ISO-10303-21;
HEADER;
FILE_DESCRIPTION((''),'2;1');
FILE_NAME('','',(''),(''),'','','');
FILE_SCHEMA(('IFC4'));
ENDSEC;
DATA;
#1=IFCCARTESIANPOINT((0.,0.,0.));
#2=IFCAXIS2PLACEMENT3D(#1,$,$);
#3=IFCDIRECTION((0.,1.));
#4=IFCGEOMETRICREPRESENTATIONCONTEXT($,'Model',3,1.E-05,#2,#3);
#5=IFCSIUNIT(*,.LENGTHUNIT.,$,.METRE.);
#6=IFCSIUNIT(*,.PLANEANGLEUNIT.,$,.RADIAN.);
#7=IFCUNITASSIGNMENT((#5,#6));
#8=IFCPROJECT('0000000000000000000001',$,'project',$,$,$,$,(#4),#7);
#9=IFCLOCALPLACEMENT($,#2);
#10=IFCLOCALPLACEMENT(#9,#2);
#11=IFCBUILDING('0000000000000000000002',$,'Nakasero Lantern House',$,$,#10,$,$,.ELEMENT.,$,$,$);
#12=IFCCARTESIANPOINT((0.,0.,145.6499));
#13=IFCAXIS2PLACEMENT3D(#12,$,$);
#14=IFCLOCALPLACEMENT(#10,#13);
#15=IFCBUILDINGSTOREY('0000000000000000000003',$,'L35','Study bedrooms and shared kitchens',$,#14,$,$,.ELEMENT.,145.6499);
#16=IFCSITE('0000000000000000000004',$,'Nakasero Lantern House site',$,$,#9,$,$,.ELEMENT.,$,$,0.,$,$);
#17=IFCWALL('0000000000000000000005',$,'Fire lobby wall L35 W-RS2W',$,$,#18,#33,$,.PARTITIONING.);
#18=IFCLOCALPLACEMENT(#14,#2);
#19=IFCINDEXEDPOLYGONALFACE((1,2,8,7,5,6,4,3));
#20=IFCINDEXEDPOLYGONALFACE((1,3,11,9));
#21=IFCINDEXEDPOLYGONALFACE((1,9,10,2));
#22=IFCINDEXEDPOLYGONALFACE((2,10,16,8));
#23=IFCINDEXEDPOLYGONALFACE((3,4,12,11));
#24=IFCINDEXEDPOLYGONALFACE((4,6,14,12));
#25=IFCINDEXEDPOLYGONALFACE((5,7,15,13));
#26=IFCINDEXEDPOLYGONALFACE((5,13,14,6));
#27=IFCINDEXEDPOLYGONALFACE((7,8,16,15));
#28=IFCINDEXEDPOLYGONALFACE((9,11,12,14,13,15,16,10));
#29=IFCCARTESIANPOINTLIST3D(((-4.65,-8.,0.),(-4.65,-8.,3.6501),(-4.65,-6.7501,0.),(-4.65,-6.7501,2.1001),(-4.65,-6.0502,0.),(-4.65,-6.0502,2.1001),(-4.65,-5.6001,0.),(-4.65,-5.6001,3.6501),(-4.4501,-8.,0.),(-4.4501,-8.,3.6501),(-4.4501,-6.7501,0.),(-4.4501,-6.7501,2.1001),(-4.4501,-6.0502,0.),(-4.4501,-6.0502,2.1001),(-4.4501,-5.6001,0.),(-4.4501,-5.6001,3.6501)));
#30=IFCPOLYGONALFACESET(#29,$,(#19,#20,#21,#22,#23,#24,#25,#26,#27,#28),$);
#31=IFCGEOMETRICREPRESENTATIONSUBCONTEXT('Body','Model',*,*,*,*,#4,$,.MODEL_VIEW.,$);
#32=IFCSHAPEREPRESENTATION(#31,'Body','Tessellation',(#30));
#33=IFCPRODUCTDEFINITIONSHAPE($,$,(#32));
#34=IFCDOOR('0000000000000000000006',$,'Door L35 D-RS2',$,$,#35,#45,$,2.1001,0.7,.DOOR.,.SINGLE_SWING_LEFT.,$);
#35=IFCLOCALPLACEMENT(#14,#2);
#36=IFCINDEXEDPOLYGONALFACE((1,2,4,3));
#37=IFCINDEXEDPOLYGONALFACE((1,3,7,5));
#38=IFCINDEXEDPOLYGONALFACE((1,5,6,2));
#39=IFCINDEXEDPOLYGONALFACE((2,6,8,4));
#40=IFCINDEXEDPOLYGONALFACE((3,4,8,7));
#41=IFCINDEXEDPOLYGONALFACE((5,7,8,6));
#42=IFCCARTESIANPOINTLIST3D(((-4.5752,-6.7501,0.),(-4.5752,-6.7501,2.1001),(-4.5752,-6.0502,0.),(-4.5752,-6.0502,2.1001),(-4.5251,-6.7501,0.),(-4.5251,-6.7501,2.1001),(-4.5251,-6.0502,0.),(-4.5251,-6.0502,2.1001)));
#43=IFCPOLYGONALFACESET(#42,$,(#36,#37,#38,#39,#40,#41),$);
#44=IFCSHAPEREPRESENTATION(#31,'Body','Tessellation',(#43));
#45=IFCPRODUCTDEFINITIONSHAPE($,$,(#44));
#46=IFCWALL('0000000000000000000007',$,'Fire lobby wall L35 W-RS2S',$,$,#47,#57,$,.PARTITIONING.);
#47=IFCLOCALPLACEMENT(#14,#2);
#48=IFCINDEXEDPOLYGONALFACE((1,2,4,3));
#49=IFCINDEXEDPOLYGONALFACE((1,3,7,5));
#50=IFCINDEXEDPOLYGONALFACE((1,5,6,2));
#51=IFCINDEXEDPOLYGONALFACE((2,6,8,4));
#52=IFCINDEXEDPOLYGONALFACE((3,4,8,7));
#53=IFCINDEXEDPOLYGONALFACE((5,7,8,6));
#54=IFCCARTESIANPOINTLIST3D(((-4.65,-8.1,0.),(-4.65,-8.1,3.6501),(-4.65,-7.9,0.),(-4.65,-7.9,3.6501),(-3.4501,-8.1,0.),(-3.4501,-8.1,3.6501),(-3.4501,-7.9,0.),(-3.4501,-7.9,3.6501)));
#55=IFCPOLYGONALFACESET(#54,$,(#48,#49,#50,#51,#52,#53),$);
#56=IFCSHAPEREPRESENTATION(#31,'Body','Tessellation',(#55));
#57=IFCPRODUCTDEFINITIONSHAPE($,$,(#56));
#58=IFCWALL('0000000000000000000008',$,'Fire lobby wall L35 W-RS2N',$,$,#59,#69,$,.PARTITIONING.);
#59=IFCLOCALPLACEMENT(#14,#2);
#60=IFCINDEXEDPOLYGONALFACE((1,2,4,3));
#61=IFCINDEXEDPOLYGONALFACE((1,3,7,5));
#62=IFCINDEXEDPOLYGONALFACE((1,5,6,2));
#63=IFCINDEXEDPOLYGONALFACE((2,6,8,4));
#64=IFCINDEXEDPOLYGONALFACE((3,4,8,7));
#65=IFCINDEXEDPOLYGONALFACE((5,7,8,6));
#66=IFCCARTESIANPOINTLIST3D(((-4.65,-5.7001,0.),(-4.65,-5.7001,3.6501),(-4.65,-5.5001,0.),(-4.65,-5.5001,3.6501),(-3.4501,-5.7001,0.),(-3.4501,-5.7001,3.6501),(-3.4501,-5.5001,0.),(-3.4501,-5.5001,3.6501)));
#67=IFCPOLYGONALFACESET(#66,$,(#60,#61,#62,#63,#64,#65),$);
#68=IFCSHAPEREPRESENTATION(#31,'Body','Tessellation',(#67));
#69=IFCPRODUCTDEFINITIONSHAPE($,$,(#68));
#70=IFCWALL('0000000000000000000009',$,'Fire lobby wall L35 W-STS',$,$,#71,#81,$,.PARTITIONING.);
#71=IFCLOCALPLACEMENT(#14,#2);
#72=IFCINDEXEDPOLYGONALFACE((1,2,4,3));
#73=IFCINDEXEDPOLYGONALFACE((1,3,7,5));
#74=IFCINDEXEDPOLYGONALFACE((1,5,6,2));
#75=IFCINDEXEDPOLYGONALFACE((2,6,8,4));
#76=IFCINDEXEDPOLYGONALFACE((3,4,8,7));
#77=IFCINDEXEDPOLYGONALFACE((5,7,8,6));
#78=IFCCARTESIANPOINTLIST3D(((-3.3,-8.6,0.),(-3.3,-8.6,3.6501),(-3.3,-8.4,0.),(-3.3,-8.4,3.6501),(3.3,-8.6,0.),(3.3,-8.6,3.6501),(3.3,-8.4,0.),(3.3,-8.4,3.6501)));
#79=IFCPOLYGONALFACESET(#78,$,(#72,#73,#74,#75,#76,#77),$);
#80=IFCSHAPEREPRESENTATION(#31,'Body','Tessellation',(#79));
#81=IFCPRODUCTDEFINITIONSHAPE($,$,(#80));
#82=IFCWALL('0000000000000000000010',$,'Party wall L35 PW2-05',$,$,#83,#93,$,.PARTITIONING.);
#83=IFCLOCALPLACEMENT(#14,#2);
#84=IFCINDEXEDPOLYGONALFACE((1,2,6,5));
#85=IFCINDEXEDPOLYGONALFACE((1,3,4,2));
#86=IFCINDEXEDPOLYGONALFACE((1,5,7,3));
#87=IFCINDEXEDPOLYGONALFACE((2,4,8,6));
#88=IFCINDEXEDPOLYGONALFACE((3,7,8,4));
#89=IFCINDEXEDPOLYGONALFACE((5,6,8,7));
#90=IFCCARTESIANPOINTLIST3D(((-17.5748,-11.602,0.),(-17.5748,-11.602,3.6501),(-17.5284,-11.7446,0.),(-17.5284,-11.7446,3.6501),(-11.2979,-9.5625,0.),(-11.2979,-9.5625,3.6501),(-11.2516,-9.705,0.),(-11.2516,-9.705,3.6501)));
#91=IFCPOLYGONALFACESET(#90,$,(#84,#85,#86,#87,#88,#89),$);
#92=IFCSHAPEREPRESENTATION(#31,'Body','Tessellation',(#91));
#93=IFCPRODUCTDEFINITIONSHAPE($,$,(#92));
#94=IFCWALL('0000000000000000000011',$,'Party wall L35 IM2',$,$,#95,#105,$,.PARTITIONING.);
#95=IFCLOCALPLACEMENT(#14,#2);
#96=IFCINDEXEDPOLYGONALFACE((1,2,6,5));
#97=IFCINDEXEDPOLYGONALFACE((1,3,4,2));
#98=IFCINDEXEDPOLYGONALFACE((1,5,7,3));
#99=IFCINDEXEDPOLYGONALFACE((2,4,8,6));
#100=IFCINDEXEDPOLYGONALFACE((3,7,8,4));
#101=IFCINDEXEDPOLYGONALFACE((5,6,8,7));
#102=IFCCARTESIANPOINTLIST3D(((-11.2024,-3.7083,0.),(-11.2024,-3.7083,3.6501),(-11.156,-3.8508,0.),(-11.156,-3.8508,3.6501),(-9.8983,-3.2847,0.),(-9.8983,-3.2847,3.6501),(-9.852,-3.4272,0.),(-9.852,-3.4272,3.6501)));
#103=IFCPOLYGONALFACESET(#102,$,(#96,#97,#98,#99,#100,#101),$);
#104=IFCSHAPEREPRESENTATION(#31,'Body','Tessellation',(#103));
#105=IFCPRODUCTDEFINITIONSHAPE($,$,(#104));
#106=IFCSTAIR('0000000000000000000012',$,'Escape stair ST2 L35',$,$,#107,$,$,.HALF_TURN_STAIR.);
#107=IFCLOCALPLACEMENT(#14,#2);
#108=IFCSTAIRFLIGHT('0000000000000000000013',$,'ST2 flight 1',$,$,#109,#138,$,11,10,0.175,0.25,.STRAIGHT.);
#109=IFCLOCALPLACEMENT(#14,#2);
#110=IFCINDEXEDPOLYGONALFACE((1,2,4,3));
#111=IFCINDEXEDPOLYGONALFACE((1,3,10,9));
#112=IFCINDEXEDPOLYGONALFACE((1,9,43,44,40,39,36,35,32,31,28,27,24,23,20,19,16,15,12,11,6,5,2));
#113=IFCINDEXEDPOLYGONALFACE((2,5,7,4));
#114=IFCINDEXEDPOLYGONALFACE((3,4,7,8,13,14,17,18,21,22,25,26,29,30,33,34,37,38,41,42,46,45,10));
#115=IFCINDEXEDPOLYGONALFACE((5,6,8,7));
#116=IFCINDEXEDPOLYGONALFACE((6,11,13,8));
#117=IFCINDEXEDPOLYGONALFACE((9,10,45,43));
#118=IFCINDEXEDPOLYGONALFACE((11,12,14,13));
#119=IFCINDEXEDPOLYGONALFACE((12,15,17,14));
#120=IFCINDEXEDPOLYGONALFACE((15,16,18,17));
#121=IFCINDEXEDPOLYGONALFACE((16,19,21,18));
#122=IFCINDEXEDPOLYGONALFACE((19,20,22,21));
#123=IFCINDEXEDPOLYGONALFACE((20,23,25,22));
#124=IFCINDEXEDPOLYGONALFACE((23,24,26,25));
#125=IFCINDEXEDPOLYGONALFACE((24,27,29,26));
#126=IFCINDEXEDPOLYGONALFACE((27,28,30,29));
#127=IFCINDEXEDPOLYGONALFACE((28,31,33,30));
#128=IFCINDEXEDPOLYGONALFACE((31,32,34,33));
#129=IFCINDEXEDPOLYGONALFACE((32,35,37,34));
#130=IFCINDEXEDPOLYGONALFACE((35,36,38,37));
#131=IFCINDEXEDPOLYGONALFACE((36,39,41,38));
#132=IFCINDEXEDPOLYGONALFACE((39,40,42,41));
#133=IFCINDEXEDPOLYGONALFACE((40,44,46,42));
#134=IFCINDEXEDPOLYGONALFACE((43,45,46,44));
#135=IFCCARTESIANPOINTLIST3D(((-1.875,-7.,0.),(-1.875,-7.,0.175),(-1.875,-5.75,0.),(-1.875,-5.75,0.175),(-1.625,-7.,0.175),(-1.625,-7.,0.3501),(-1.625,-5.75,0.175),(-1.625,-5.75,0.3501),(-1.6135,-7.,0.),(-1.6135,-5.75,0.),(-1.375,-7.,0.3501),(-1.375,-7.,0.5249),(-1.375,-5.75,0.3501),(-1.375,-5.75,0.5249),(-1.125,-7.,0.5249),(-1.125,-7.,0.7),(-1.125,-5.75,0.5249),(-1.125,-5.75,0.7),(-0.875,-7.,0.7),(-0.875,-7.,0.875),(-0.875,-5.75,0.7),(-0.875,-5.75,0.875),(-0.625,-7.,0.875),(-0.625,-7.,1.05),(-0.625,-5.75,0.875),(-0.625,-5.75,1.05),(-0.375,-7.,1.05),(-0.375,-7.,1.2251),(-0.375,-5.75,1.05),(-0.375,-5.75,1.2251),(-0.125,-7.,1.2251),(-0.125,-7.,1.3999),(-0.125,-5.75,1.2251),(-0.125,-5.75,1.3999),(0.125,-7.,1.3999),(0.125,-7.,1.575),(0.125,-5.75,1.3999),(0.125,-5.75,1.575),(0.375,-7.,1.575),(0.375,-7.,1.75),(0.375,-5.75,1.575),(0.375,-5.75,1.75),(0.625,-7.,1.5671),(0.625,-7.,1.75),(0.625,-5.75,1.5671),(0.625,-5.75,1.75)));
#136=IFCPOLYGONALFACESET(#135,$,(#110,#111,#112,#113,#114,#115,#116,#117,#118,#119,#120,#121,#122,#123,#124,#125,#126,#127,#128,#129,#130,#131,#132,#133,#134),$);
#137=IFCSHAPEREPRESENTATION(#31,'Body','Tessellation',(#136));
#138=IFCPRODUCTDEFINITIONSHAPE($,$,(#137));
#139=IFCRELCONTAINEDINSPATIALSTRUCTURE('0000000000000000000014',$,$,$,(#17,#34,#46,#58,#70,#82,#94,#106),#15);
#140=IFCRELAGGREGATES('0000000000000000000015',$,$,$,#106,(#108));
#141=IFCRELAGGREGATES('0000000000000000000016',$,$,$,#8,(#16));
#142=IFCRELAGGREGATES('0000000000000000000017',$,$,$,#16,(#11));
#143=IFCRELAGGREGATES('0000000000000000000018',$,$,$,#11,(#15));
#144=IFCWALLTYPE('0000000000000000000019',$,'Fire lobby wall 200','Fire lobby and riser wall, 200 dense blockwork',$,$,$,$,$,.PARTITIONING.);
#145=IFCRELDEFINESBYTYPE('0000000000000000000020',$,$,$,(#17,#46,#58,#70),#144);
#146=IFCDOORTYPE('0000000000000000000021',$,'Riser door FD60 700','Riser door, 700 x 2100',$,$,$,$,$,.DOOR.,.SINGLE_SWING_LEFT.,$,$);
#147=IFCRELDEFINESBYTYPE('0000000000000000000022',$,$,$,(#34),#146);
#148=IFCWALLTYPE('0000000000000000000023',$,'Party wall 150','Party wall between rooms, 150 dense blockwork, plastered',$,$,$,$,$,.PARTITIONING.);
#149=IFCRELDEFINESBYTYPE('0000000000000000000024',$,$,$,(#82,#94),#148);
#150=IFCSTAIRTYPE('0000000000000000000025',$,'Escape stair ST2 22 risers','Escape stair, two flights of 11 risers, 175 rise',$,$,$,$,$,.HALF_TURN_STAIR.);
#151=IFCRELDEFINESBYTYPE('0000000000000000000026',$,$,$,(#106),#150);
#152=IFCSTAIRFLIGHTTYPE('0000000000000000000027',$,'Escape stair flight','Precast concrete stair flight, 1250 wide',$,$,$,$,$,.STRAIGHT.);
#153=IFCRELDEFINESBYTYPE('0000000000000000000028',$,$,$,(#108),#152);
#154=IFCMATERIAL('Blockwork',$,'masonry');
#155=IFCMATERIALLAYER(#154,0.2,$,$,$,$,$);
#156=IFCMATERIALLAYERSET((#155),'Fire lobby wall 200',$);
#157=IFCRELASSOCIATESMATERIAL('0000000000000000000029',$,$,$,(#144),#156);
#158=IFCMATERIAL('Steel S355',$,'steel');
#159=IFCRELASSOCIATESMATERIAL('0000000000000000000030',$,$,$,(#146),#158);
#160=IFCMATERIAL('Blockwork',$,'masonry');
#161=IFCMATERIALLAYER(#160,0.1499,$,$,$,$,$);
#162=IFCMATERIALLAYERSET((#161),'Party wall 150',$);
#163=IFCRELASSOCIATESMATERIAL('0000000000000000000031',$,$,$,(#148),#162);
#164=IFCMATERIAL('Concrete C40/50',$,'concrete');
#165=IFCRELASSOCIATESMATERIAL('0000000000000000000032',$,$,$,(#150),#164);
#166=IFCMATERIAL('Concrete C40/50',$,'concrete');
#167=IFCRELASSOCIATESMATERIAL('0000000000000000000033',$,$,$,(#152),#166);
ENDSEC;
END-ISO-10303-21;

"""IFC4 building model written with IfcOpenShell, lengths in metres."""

from ifc_helpers import new_model, si_unit, direction, frame, frame_2d, origin, place, context, subcontext, project, spatial, polyline, rectangle, outline, extrude, material, layer, layer_set, type_object, element, fill, aggregate, save


model = new_model("IFC4")

# Units and contexts
model_context = context("Model", 3, precision=1e-05, world=origin(), true_north=direction((0.0, 1.0)))
body_context = subcontext(model_context, "Body", "Model", "MODEL_VIEW")
ifc_project = project(units=[si_unit("LENGTHUNIT", "METRE"), si_unit("PLANEANGLEUNIT", "RADIAN")], contexts=[model_context])

# Site, building, storey
site_placement = place(None, origin())
site = spatial("IfcSite", under=ifc_project, at=site_placement, Name="Nakasero Lantern House site", CompositionType="ELEMENT", RefElevation=0.0)
building_placement = place(site_placement, origin())
building = spatial("IfcBuilding", under=site, at=building_placement, Name="Nakasero Lantern House", CompositionType="ELEMENT")
storey_placement = place(building_placement, frame((0.0, 0.0, 145.6499)))
storey = spatial("IfcBuildingStorey", under=building, at=storey_placement, Name="L35", Description="Study bedrooms and shared kitchens", CompositionType="ELEMENT", Elevation=145.6499)

# Wall, opening, door
ifc_material_1 = material(Name="Blockwork", Category="masonry")
ifc_layer_1 = layer(ifc_material_1, 0.2)
ifc_layer_set_1 = layer_set([ifc_layer_1], Name="Fire lobby wall 200")
wall_type_1 = type_object("IfcWallType", Name="Fire lobby wall 200", Description="Fire lobby and riser wall, 200 dense blockwork", PredefinedType="PARTITIONING", material=ifc_layer_set_1)
wall_1_placement = place(storey_placement, frame((-4.55, -5.6001, 0.0), z_axis=(0.0, 0.0, 1.0), x_axis=(0.0, -1.0, 0.0)))
wall_1 = element("IfcWall", 1, at=wall_1_placement, inside=storey, type_object=wall_type_1, Name="Fire lobby wall L35 W-RS2W", PredefinedType="PARTITIONING", context=body_context, shape_type="SweptSolid", body=[
    extrude(rectangle(XDim=2.3999, YDim=0.2, at=frame_2d((1.2, 0.0))), origin(), (0.0, 0.0, 1.0), 3.6501),
])
opening_1_placement = place(wall_1_placement, frame((0.45, 0.0, 0.0)))
opening_1 = element("IfcOpeningElement", 2, at=opening_1_placement, cuts=wall_1, PredefinedType="OPENING", context=body_context, shape_type="SweptSolid", body=[
    extrude(rectangle(XDim=0.7, YDim=2.1001, at=frame_2d((0.3501, 1.05))), frame((0.0, 0.1199, 0.0), z_axis=(0.0, -1.0, 0.0), x_axis=(1.0, 0.0, 0.0)), (0.0, 0.0, 1.0), 0.24),
])
ifc_material_2 = material(Name="Steel S355", Category="steel")
door_type_1 = type_object("IfcDoorType", Name="Riser door FD60 700", Description="Riser door, 700 x 2100", OperationType="SINGLE_SWING_LEFT", PredefinedType="DOOR", material=ifc_material_2)
door_1_placement = place(opening_1_placement, origin())
door_1 = element("IfcDoor", 3, at=door_1_placement, inside=storey, type_object=door_type_1, Name="Door L35 D-RS2", OperationType="SINGLE_SWING_LEFT", OverallHeight=2.1001, OverallWidth=0.7, PredefinedType="DOOR", context=body_context, shape_type="SweptSolid", body=[
    extrude(rectangle(XDim=0.7, YDim=2.1001, at=frame_2d((0.3501, 1.05))), frame((0.0, 0.0249, 0.0), z_axis=(0.0, -1.0, 0.0), x_axis=(1.0, 0.0, 0.0)), (0.0, 0.0, 1.0), 0.05),
])
fill(opening_1, door_1)

# Walls
for number, where, z_axis, x_axis, name in (
    (4, (-3.45, -8.0, 0.0), (0.0, 0.0, 1.0), (-1.0, 0.0, 0.0), "Fire lobby wall L35 W-RS2S"),
    (5, (-3.45, -5.6001, 0.0), (0.0, 0.0, 1.0), (-1.0, 0.0, 0.0), "Fire lobby wall L35 W-RS2N"),
):
    element("IfcWall", number, at=place(storey_placement, frame(where, z_axis=z_axis, x_axis=x_axis)), inside=storey, type_object=wall_type_1, Name=name, PredefinedType="PARTITIONING", context=body_context, shape_type="SweptSolid", body=[
        extrude(rectangle(XDim=1.2, YDim=0.2, at=frame_2d((0.6001, 0.0))), origin(), (0.0, 0.0, 1.0), 3.6501),
    ])
wall_2_placement = place(storey_placement, frame((-3.3, -8.5, 0.0), z_axis=(0.0, 0.0, 1.0), x_axis=(1.0, 0.0, 0.0)))
element("IfcWall", 6, at=wall_2_placement, inside=storey, type_object=wall_type_1, Name="Fire lobby wall L35 W-STS", PredefinedType="PARTITIONING", context=body_context, shape_type="SweptSolid", body=[
    extrude(rectangle(XDim=6.6001, YDim=0.2, at=frame_2d((3.3, 0.0))), origin(), (0.0, 0.0, 1.0), 3.6501),
])
ifc_material_3 = material(Name="Blockwork", Category="masonry")
ifc_layer_2 = layer(ifc_material_3, 0.1499)
ifc_layer_set_2 = layer_set([ifc_layer_2], Name="Party wall 150")
wall_type_2 = type_object("IfcWallType", Name="Party wall 150", Description="Party wall between rooms, 150 dense blockwork, plastered", PredefinedType="PARTITIONING", material=ifc_layer_set_2)
wall_3_placement = place(storey_placement, frame((-11.2749, -9.6338, 0.0), z_axis=(0.0, 0.0, 1.0), x_axis=(-0.951053, -0.309028, 0.0)))
element("IfcWall", 7, at=wall_3_placement, inside=storey, type_object=wall_type_2, Name="Party wall L35 PW2-05", PredefinedType="PARTITIONING", context=body_context, shape_type="SweptSolid", body=[
    extrude(rectangle(XDim=6.5999, YDim=0.1499, at=frame_2d((3.2998, 0.0))), origin(), (0.0, 0.0, 1.0), 3.6501),
])
wall_4_placement = place(storey_placement, frame((-11.1792, -3.7795, 0.0), z_axis=(0.0, 0.0, 1.0), x_axis=(0.951077, 0.308953, 0.0)))
element("IfcWall", 8, at=wall_4_placement, inside=storey, type_object=wall_type_2, Name="Party wall L35 IM2", PredefinedType="PARTITIONING", context=body_context, shape_type="SweptSolid", body=[
    extrude(rectangle(XDim=1.3711, YDim=0.1499, at=frame_2d((0.6855, 0.0))), origin(), (0.0, 0.0, 1.0), 3.6501),
])

# Stair, stair flight
ifc_material_4 = material(Name="Concrete C40/50", Category="concrete")
stair_type = type_object("IfcStairType", Name="Escape stair ST2 22 risers", Description="Escape stair, two flights of 11 risers, 175 rise", PredefinedType="HALF_TURN_STAIR", material=ifc_material_4)
stair_placement = place(storey_placement, origin())
stair = element("IfcStair", 9, at=stair_placement, inside=storey, type_object=stair_type, Name="Escape stair ST2 L35", PredefinedType="HALF_TURN_STAIR")
ifc_material_5 = material(Name="Concrete C40/50", Category="concrete")
stair_flight_type = type_object("IfcStairFlightType", Name="Escape stair flight", Description="Precast concrete stair flight, 1250 wide", PredefinedType="STRAIGHT", material=ifc_material_5)
stair_flight_placement = place(storey_placement, frame((-1.875, -6.375, 0.0), z_axis=(0.0, 0.0, 1.0), x_axis=(1.0, 0.0, 0.0)))
stair_flight = element("IfcStairFlight", 10, at=stair_flight_placement, type_object=stair_flight_type, Name="ST2 flight 1", NumberOfRisers=11, NumberOfTreads=10, PredefinedType="STRAIGHT", RiserHeight=0.175, TreadLength=0.25, context=body_context, shape_type="SweptSolid", body=[
    extrude(outline(polyline([(0.0, 0.0), (0.0, 0.175), (0.25, 0.175), (0.25, 0.3501), (0.5, 0.3501), (0.5, 0.5249), (0.75, 0.5249), (0.75, 0.7), (1.0, 0.7), (1.0, 0.875), (1.25, 0.875), (1.25, 1.05), (1.5, 1.05), (1.5, 1.2251), (1.75, 1.2251), (1.75, 1.3999), (2.0, 1.3999), (2.0, 1.575), (2.25, 1.575), (2.25, 1.75), (2.5, 1.75), (2.5, 1.925), (2.5, 1.5671), (0.2615, 0.0), (0.0, 0.0)])), frame((0.0, 0.625, 0.0), z_axis=(0.0, -1.0, 0.0), x_axis=(1.0, 0.0, 0.0)), (0.0, 0.0, 1.0), 1.25),
])
aggregate(stair, [stair_flight])

save(model, "model.ifc")
